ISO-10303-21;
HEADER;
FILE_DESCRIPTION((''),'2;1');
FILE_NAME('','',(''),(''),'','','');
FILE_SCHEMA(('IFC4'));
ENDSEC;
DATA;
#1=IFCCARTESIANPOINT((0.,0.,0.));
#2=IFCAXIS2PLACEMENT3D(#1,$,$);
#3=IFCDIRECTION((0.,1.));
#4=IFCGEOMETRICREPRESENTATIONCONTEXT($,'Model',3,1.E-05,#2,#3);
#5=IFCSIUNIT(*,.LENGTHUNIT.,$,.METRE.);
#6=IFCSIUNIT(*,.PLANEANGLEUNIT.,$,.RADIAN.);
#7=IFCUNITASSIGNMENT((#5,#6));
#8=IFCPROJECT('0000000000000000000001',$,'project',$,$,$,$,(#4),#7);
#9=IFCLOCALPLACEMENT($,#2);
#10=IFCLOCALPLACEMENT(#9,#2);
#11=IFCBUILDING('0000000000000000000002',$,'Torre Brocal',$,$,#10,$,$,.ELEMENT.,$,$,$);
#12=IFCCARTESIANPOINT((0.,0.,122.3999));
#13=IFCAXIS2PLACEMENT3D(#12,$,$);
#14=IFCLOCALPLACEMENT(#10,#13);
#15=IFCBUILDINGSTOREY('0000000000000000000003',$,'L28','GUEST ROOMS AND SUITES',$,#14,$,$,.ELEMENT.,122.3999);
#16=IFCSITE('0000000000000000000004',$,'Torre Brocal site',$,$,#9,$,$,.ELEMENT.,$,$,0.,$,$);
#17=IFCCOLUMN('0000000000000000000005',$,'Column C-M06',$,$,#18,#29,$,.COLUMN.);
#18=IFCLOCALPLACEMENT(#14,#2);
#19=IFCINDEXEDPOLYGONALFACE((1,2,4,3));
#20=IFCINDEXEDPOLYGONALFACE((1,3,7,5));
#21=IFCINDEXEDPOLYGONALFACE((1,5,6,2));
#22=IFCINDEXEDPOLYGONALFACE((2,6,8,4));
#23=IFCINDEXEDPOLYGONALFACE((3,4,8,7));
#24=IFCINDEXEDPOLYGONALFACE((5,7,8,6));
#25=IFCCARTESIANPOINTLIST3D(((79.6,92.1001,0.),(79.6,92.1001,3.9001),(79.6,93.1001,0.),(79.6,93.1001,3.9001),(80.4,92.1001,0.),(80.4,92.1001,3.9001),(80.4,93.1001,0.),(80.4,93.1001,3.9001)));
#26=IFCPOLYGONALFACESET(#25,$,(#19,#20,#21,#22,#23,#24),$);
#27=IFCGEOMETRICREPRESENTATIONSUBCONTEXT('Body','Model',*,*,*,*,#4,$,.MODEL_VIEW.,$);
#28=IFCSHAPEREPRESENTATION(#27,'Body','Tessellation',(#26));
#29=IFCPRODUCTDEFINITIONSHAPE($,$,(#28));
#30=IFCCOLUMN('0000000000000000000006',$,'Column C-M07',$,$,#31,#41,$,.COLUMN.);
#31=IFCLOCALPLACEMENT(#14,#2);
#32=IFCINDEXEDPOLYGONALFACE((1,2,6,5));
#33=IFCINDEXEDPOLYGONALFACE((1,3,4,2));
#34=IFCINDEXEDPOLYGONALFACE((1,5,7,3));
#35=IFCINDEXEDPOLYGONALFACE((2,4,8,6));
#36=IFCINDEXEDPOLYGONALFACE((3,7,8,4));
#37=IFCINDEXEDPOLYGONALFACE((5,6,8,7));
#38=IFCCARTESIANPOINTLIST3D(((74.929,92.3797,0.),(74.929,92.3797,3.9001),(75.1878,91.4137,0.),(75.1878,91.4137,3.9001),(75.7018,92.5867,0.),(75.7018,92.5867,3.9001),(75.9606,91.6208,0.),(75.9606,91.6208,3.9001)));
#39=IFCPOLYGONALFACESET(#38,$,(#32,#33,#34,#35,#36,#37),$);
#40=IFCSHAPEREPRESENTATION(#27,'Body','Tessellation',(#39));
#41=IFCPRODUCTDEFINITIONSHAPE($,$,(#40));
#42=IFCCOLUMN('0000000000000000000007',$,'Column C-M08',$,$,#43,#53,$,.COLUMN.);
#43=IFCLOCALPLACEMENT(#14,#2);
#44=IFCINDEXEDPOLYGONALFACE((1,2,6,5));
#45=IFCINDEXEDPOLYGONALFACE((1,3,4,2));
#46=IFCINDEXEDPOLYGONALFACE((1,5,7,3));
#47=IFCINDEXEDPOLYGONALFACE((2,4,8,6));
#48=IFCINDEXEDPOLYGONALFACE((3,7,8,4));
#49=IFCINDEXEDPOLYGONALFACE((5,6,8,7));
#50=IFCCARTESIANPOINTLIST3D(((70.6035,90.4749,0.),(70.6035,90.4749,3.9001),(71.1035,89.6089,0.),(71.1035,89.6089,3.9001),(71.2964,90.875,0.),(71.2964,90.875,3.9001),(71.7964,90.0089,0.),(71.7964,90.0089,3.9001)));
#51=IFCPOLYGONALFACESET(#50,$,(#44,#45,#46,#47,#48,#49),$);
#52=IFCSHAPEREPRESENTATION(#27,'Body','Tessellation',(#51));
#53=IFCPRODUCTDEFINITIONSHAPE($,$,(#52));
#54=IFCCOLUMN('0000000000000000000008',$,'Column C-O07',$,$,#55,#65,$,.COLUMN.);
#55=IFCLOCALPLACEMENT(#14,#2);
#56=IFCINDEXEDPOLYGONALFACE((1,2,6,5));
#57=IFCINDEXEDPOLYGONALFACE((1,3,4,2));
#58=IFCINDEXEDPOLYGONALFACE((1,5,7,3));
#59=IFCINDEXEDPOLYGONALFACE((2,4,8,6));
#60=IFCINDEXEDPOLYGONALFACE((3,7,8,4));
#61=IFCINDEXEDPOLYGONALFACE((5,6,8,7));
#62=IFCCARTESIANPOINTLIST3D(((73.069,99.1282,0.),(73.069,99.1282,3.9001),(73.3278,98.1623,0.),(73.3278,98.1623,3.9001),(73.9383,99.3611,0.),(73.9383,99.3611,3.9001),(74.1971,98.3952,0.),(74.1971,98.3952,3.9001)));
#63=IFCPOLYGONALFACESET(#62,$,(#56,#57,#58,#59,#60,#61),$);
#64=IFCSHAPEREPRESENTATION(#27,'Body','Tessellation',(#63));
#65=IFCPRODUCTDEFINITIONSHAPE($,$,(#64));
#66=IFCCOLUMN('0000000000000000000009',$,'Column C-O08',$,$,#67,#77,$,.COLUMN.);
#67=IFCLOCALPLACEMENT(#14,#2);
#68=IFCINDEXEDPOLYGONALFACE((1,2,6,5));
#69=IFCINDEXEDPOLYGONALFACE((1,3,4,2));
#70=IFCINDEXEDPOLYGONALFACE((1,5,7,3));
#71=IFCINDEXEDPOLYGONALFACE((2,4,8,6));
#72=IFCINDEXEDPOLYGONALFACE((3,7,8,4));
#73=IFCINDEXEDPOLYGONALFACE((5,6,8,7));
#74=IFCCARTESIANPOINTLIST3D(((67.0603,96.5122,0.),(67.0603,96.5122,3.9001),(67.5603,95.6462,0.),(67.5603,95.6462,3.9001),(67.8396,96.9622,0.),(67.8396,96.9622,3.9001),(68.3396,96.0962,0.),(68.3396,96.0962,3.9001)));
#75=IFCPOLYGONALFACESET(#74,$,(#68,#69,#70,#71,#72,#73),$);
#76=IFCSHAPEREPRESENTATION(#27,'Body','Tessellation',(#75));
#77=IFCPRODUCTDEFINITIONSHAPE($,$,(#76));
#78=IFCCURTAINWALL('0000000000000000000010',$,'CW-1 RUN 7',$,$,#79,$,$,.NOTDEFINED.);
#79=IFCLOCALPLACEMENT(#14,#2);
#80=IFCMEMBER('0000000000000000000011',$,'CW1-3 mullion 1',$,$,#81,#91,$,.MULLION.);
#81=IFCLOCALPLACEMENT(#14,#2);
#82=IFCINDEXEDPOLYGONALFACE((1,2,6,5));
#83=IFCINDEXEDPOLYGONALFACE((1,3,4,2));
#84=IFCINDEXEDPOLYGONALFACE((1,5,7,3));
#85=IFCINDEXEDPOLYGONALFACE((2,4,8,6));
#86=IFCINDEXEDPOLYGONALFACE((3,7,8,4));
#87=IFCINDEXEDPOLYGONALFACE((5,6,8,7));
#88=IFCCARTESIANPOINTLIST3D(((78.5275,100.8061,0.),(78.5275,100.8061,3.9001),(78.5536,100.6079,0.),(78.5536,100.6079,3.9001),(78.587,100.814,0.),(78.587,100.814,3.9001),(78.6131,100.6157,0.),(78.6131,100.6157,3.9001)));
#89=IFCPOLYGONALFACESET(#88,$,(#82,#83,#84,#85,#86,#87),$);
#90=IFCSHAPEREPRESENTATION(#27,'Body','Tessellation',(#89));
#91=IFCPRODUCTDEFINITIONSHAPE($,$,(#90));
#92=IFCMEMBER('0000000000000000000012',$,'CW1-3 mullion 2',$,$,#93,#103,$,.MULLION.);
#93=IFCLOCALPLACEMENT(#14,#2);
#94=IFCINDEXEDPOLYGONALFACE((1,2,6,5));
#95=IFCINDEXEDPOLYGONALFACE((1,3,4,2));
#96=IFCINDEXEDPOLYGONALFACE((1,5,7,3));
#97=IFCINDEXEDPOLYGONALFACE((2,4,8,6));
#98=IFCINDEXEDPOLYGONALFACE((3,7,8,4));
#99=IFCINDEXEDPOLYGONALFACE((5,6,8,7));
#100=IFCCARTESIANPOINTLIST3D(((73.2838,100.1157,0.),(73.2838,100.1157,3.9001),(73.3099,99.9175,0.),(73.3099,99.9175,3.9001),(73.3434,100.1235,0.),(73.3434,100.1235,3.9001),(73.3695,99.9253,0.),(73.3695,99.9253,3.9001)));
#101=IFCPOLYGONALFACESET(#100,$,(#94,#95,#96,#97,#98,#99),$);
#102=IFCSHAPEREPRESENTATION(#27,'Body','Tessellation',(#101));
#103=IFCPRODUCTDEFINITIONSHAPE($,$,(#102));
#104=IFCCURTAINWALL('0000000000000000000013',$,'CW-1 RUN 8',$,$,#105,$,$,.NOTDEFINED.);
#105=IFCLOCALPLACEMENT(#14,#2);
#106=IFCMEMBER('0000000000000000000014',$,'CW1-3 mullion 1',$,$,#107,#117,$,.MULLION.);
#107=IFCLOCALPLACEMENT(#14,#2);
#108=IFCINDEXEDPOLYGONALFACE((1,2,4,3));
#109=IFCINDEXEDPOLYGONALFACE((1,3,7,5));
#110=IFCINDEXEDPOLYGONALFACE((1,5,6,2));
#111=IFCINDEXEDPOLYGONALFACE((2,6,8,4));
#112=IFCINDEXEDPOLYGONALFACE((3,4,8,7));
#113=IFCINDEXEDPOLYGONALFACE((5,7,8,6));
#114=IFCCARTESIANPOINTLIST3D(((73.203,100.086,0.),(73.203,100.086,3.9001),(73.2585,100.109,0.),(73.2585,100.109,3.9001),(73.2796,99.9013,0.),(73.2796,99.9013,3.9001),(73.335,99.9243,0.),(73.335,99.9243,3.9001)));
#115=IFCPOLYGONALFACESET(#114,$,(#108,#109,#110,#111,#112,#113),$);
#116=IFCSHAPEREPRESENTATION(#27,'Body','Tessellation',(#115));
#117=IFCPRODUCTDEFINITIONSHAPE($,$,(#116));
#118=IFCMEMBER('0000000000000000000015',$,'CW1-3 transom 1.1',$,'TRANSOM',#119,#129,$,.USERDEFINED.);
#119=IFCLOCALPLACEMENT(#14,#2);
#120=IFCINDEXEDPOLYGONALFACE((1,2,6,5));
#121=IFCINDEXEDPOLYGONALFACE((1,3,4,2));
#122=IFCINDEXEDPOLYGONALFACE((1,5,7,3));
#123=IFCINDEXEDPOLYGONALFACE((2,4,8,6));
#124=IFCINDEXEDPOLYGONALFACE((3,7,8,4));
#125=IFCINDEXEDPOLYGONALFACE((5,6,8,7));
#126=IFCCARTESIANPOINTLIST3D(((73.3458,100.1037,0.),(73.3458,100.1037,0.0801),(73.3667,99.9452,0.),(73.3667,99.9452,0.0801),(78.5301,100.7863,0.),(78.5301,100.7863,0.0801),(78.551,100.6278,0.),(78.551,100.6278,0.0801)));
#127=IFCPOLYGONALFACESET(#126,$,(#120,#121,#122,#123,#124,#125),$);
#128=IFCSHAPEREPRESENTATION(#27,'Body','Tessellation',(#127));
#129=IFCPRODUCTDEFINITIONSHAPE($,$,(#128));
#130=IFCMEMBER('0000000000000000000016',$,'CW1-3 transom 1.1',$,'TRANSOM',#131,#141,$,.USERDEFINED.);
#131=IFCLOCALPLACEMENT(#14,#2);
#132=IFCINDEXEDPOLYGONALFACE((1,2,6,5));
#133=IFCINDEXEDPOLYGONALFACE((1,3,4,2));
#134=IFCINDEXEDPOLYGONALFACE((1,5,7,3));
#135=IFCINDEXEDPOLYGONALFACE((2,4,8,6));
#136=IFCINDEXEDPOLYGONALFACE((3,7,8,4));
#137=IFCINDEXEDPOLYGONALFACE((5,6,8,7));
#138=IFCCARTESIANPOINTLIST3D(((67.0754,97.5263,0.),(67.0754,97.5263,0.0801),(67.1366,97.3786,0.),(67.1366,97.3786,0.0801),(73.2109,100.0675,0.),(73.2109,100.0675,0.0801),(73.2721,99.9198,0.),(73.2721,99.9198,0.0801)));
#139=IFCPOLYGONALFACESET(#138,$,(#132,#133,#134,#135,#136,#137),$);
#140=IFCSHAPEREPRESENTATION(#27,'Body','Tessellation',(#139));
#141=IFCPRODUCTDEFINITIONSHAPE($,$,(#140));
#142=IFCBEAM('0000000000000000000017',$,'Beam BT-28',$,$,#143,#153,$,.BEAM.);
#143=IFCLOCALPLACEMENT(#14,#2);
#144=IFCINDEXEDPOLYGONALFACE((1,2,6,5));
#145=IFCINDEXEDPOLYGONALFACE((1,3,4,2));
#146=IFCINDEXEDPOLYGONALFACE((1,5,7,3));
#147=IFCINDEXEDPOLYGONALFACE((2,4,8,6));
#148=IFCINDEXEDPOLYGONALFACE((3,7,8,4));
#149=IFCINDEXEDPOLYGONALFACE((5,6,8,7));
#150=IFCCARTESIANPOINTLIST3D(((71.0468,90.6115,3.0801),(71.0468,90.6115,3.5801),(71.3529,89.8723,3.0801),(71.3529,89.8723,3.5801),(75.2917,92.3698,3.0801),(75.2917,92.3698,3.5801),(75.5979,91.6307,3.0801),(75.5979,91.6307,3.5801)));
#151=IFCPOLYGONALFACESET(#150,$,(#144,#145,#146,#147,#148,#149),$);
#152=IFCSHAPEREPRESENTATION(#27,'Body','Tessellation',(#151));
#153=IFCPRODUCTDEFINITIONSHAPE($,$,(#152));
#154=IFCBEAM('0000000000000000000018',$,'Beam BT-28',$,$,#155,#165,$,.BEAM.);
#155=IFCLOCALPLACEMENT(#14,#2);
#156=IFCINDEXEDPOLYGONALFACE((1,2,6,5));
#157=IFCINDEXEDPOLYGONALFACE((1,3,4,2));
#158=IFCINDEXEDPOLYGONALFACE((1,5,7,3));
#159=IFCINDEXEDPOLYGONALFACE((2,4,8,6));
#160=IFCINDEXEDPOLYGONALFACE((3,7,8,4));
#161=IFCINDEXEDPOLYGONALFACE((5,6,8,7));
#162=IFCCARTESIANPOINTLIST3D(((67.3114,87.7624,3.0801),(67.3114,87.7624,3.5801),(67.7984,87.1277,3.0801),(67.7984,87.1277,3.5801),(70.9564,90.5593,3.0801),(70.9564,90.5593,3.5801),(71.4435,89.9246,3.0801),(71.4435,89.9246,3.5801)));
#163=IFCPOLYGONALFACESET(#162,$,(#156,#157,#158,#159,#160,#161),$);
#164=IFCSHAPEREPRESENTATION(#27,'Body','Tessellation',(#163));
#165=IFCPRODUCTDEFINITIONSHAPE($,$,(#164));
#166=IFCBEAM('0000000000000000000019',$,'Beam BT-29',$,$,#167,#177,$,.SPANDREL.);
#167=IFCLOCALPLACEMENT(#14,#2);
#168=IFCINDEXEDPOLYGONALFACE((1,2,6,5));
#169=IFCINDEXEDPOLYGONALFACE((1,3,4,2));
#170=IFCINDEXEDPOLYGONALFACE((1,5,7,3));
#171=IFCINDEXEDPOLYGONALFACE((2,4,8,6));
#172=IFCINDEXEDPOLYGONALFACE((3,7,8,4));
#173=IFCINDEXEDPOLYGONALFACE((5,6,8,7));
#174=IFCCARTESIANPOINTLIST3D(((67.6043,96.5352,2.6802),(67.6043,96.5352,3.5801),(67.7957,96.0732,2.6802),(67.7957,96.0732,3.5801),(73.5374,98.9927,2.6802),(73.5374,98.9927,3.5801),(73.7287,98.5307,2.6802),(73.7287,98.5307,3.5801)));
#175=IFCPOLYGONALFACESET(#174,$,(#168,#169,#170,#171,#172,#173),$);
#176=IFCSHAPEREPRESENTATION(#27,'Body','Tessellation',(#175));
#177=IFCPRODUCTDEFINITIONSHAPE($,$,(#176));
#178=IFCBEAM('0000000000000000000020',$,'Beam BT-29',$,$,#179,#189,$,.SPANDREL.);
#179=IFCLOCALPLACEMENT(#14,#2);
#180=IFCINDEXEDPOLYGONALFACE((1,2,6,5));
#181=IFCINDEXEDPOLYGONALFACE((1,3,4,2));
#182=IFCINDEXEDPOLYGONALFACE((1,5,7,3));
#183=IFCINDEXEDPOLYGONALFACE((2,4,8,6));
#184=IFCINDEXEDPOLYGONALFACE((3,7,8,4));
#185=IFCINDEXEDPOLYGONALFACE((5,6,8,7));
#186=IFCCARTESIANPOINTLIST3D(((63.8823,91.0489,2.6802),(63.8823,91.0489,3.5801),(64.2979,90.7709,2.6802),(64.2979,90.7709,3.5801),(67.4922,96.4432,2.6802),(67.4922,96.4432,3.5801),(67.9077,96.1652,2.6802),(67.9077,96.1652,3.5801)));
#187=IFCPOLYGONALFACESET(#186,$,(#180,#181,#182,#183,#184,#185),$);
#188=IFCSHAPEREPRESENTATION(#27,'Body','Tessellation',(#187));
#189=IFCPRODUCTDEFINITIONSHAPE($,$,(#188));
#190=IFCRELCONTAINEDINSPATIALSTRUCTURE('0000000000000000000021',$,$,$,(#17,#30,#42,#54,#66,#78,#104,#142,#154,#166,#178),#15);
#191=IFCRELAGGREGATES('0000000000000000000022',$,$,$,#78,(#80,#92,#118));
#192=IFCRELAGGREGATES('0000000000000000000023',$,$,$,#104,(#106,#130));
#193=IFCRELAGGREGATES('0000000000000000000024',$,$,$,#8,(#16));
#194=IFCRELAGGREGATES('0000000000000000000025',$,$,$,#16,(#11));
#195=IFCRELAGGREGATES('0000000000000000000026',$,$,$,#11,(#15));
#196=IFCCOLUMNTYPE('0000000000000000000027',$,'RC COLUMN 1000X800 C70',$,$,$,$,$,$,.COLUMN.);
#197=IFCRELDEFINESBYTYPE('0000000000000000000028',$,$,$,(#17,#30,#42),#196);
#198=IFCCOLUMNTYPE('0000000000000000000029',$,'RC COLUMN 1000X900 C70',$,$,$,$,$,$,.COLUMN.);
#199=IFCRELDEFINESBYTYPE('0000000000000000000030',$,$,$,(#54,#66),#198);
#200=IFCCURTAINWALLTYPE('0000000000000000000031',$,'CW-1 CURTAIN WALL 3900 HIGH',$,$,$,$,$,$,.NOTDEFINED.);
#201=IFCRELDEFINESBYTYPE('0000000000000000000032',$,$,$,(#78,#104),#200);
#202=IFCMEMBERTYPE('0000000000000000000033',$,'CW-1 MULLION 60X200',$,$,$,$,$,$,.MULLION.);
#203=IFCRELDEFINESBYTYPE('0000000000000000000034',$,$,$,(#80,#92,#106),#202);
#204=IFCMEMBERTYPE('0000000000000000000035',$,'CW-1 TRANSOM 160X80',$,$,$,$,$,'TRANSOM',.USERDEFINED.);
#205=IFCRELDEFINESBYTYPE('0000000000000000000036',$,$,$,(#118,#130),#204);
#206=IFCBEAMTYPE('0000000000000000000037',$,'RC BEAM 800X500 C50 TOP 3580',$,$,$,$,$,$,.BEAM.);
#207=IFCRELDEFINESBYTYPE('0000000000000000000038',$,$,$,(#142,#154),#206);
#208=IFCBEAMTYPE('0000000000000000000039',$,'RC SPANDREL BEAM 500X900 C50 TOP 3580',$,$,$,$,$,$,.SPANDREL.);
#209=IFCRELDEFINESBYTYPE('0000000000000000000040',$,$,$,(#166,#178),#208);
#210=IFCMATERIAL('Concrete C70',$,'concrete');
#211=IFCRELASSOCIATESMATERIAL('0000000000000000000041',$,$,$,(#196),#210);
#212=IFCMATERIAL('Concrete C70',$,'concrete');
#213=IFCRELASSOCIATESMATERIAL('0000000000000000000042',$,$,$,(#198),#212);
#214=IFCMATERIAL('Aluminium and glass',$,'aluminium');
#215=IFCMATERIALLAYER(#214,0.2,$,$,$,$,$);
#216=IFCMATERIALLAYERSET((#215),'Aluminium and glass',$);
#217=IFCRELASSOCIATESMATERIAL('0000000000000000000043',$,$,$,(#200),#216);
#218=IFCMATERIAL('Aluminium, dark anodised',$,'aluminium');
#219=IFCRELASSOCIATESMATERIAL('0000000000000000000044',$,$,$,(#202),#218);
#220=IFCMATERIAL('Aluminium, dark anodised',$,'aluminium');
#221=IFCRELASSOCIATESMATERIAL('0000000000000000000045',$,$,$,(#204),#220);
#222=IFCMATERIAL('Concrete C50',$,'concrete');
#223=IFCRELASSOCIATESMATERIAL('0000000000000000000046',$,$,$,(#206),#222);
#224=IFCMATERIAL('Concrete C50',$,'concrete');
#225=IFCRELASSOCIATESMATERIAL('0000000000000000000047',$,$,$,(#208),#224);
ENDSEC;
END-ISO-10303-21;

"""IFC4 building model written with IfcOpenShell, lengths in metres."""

from ifc_helpers import new_model, si_unit, direction, frame, origin, origin_2d, place, context, subcontext, project, spatial, rectangle, extrude, material, layer, layer_set, material_profile, profile_set, type_object, element, aggregate, save


model = new_model("IFC4")

# Units and contexts
model_context = context("Model", 3, precision=1e-05, world=origin(), true_north=direction((0.0, 1.0)))
body_context = subcontext(model_context, "Body", "Model", "MODEL_VIEW")
ifc_project = project(units=[si_unit("LENGTHUNIT", "METRE"), si_unit("PLANEANGLEUNIT", "RADIAN")], contexts=[model_context])

# Site, building, storey
site_placement = place(None, origin())
site = spatial("IfcSite", under=ifc_project, at=site_placement, Name="Torre Brocal site", CompositionType="ELEMENT", RefElevation=0.0)
building_placement = place(site_placement, origin())
building = spatial("IfcBuilding", under=site, at=building_placement, Name="Torre Brocal", CompositionType="ELEMENT")
storey_placement = place(building_placement, frame((0.0, 0.0, 122.3999)))
storey = spatial("IfcBuildingStorey", under=building, at=storey_placement, Name="L28", Description="GUEST ROOMS AND SUITES", CompositionType="ELEMENT", Elevation=122.3999)

# Columns
ifc_material_1 = material(Name="Concrete C70", Category="concrete")
ifc_material_profile_1 = material_profile(ifc_material_1, rectangle(XDim=1.0, YDim=0.8, at=origin_2d()), Name="RC 1000X800")
ifc_profile_set_1 = profile_set([ifc_material_profile_1], Name="Concrete C70")
column_type_1 = type_object("IfcColumnType", Name="RC COLUMN 1000X800 C70", PredefinedType="COLUMN", material=ifc_profile_set_1)
for number, where, z_axis, x_axis, name in (
    (1, (80.0, 92.6001, 0.0), (0.0, 0.0, 1.0), (0.0, 1.0, 0.0), "Column C-M06"),
    (2, (75.4448, 92.0002, 0.0), (0.0, 0.0, 1.0), (-0.258819, 0.965926, 0.0), "Column C-M07"),
    (3, (71.2, 90.2419, 0.0), (0.0, 0.0, 1.0), (-0.5, 0.866025, 0.0), "Column C-M08"),
):
    element("IfcColumn", number, at=place(storey_placement, frame(where, z_axis=z_axis, x_axis=x_axis)), inside=storey, type_object=column_type_1, Name=name, PredefinedType="COLUMN", context=body_context, shape_type="SweptSolid", body=[
        extrude(rectangle(XDim=1.0, YDim=0.8, at=origin_2d()), origin(), (0.0, 0.0, 1.0), 3.9001),
    ])
ifc_material_2 = material(Name="Concrete C70", Category="concrete")
ifc_material_profile_2 = material_profile(ifc_material_2, rectangle(XDim=1.0, YDim=0.8999, at=origin_2d()), Name="RC 1000X900")
ifc_profile_set_2 = profile_set([ifc_material_profile_2], Name="Concrete C70")
column_type_2 = type_object("IfcColumnType", Name="RC COLUMN 1000X900 C70", PredefinedType="COLUMN", material=ifc_profile_set_2)
for number, where, z_axis, x_axis, name in (
    (4, (73.6331, 98.7617, 0.0), (0.0, 0.0, 1.0), (-0.258819, 0.965926, 0.0), "Column C-O07"),
    (5, (67.7, 96.3042, 0.0), (0.0, 0.0, 1.0), (-0.5, 0.866025, 0.0), "Column C-O08"),
):
    element("IfcColumn", number, at=place(storey_placement, frame(where, z_axis=z_axis, x_axis=x_axis)), inside=storey, type_object=column_type_2, Name=name, PredefinedType="COLUMN", context=body_context, shape_type="SweptSolid", body=[
        extrude(rectangle(XDim=1.0, YDim=0.8999, at=origin_2d()), origin(), (0.0, 0.0, 1.0), 3.9001),
    ])

# Curtain wall, members
ifc_material_3 = material(Name="Aluminium and glass", Category="aluminium")
ifc_layer_1 = layer(ifc_material_3, 0.2)
ifc_layer_set_1 = layer_set([ifc_layer_1], Name="Aluminium and glass")
curtain_wall_type = type_object("IfcCurtainWallType", Name="CW-1 CURTAIN WALL 3900 HIGH", PredefinedType="NOTDEFINED", material=ifc_layer_set_1)
curtain_wall_1_placement = place(storey_placement, origin())
curtain_wall_1 = element("IfcCurtainWall", 6, at=curtain_wall_1_placement, inside=storey, type_object=curtain_wall_type, Name="CW-1 RUN 7", PredefinedType="NOTDEFINED")
ifc_material_4 = material(Name="Aluminium, dark anodised", Category="aluminium")
ifc_material_profile_3 = material_profile(ifc_material_4, rectangle(XDim=0.2, YDim=0.0601, at=origin_2d()), Name="CW-1 MULLION 60X200")
ifc_profile_set_3 = profile_set([ifc_material_profile_3], Name="Aluminium, dark anodised")
member_type_1 = type_object("IfcMemberType", Name="CW-1 MULLION 60X200", PredefinedType="MULLION", material=ifc_profile_set_3)
member_1_placement = place(storey_placement, frame((78.5703, 100.7109, 0.0), z_axis=(0.0, 0.0, 1.0), x_axis=(0.130526, -0.991445, 0.0)))
member_1 = element("IfcMember", 7, at=member_1_placement, type_object=member_type_1, Name="CW1-3 mullion 1", PredefinedType="MULLION", context=body_context, shape_type="SweptSolid", body=[
    extrude(rectangle(XDim=0.2, YDim=0.0601, at=origin_2d()), origin(), (0.0, 0.0, 1.0), 3.9001),
])
member_2_placement = place(storey_placement, frame((73.3267, 100.0205, 0.0), z_axis=(0.0, 0.0, 1.0), x_axis=(0.130526, -0.991445, 0.0)))
member_2 = element("IfcMember", 8, at=member_2_placement, type_object=member_type_1, Name="CW1-3 mullion 2", PredefinedType="MULLION", context=body_context, shape_type="SweptSolid", body=[
    extrude(rectangle(XDim=0.2, YDim=0.0601, at=origin_2d()), origin(), (0.0, 0.0, 1.0), 3.9001),
])

# Curtain wall, member
curtain_wall_2_placement = place(storey_placement, origin())
curtain_wall_2 = element("IfcCurtainWall", 9, at=curtain_wall_2_placement, inside=storey, type_object=curtain_wall_type, Name="CW-1 RUN 8", PredefinedType="NOTDEFINED")
member_3_placement = place(storey_placement, frame((73.269, 100.0051, 0.0), z_axis=(0.0, 0.0, 1.0), x_axis=(0.382683, -0.92388, 0.0)))
member_3 = element("IfcMember", 10, at=member_3_placement, type_object=member_type_1, Name="CW1-3 mullion 1", PredefinedType="MULLION", context=body_context, shape_type="SweptSolid", body=[
    extrude(rectangle(XDim=0.2, YDim=0.0601, at=origin_2d()), origin(), (0.0, 0.0, 1.0), 3.9001),
])

# Members
ifc_material_5 = material(Name="Aluminium, dark anodised", Category="aluminium")
ifc_material_profile_4 = material_profile(ifc_material_5, rectangle(XDim=0.1599, YDim=0.0801, at=origin_2d()), Name="CW-1 TRANSOM 160X80")
ifc_profile_set_4 = profile_set([ifc_material_profile_4], Name="Aluminium, dark anodised")
member_type_2 = type_object("IfcMemberType", Name="CW-1 TRANSOM 160X80", ElementType="TRANSOM", PredefinedType="USERDEFINED", material=ifc_profile_set_4)
member_4_placement = place(storey_placement, frame((78.5405, 100.707, 0.04), z_axis=(-0.991443, -0.130543, 0.0), x_axis=(0.130543, -0.991443, 0.0)))
member_4 = element("IfcMember", 11, at=member_4_placement, type_object=member_type_2, Name="CW1-3 transom 1.1", ObjectType="TRANSOM", PredefinedType="USERDEFINED", context=body_context, shape_type="SweptSolid", body=[
    extrude(rectangle(XDim=0.1599, YDim=0.0801, at=origin_2d()), origin(), (0.0, 0.0, 1.0), 5.229),
])
member_5_placement = place(storey_placement, frame((73.2415, 99.9937, 0.04), z_axis=(-0.923887, -0.382665, 0.0), x_axis=(0.382665, -0.923887, 0.0)))
member_5 = element("IfcMember", 12, at=member_5_placement, type_object=member_type_2, Name="CW1-3 transom 1.1", ObjectType="TRANSOM", PredefinedType="USERDEFINED", context=body_context, shape_type="SweptSolid", body=[
    extrude(rectangle(XDim=0.1599, YDim=0.0801, at=origin_2d()), origin(), (0.0, 0.0, 1.0), 6.6409),
])

# Beams
ifc_material_6 = material(Name="Concrete C50", Category="concrete")
ifc_material_profile_5 = material_profile(ifc_material_6, rectangle(XDim=0.8, YDim=0.5, at=origin_2d()), Name="RC 800X500")
ifc_profile_set_5 = profile_set([ifc_material_profile_5], Name="Concrete C50")
beam_type_1 = type_object("IfcBeamType", Name="RC BEAM 800X500 C50 TOP 3580", PredefinedType="BEAM", material=ifc_profile_set_5)
beam_1_placement = place(storey_placement, frame((75.4448, 92.0002, 3.3301), z_axis=(-0.923878, -0.382687, 0.0), x_axis=(0.382687, -0.923878, 0.0)))
element("IfcBeam", 13, at=beam_1_placement, inside=storey, type_object=beam_type_1, Name="Beam BT-28", PredefinedType="BEAM", context=body_context, shape_type="SweptSolid", body=[
    extrude(rectangle(XDim=0.8, YDim=0.5, at=origin_2d()), origin(), (0.0, 0.0, 1.0), 4.5947),
])
beam_2_placement = place(storey_placement, frame((71.2, 90.2419, 3.3301), z_axis=(-0.793358, -0.608755, 0.0), x_axis=(0.608755, -0.793358, 0.0)))
element("IfcBeam", 14, at=beam_2_placement, inside=storey, type_object=beam_type_1, Name="Beam BT-28", PredefinedType="BEAM", context=body_context, shape_type="SweptSolid", body=[
    extrude(rectangle(XDim=0.8, YDim=0.5, at=origin_2d()), origin(), (0.0, 0.0, 1.0), 4.5945),
])
ifc_material_7 = material(Name="Concrete C50", Category="concrete")
ifc_material_profile_6 = material_profile(ifc_material_7, rectangle(XDim=0.5, YDim=0.8999, at=origin_2d()), Name="RC 500X900")
ifc_profile_set_6 = profile_set([ifc_material_profile_6], Name="Concrete C50")
beam_type_2 = type_object("IfcBeamType", Name="RC SPANDREL BEAM 500X900 C50 TOP 3580", PredefinedType="SPANDREL", material=ifc_profile_set_6)
beam_3_placement = place(storey_placement, frame((73.6331, 98.7617, 3.1301), z_axis=(-0.923882, -0.382676, 0.0), x_axis=(0.382676, -0.923882, 0.0)))
element("IfcBeam", 15, at=beam_3_placement, inside=storey, type_object=beam_type_2, Name="Beam BT-29", PredefinedType="SPANDREL", context=body_context, shape_type="SweptSolid", body=[
    extrude(rectangle(XDim=0.5, YDim=0.8999, at=origin_2d()), origin(), (0.0, 0.0, 1.0), 6.4219),
])
beam_4_placement = place(storey_placement, frame((67.7, 96.3042, 3.1301), z_axis=(-0.556158, -0.831077, 0.0), x_axis=(0.831077, -0.556158, 0.0)))
element("IfcBeam", 16, at=beam_4_placement, inside=storey, type_object=beam_type_2, Name="Beam BT-29", PredefinedType="SPANDREL", context=body_context, shape_type="SweptSolid", body=[
    extrude(rectangle(XDim=0.5, YDim=0.8999, at=origin_2d()), origin(), (0.0, 0.0, 1.0), 6.4907),
])

aggregate(curtain_wall_1, [member_1, member_2, member_4])
aggregate(curtain_wall_2, [member_3, member_5])

save(model, "model.ifc")
